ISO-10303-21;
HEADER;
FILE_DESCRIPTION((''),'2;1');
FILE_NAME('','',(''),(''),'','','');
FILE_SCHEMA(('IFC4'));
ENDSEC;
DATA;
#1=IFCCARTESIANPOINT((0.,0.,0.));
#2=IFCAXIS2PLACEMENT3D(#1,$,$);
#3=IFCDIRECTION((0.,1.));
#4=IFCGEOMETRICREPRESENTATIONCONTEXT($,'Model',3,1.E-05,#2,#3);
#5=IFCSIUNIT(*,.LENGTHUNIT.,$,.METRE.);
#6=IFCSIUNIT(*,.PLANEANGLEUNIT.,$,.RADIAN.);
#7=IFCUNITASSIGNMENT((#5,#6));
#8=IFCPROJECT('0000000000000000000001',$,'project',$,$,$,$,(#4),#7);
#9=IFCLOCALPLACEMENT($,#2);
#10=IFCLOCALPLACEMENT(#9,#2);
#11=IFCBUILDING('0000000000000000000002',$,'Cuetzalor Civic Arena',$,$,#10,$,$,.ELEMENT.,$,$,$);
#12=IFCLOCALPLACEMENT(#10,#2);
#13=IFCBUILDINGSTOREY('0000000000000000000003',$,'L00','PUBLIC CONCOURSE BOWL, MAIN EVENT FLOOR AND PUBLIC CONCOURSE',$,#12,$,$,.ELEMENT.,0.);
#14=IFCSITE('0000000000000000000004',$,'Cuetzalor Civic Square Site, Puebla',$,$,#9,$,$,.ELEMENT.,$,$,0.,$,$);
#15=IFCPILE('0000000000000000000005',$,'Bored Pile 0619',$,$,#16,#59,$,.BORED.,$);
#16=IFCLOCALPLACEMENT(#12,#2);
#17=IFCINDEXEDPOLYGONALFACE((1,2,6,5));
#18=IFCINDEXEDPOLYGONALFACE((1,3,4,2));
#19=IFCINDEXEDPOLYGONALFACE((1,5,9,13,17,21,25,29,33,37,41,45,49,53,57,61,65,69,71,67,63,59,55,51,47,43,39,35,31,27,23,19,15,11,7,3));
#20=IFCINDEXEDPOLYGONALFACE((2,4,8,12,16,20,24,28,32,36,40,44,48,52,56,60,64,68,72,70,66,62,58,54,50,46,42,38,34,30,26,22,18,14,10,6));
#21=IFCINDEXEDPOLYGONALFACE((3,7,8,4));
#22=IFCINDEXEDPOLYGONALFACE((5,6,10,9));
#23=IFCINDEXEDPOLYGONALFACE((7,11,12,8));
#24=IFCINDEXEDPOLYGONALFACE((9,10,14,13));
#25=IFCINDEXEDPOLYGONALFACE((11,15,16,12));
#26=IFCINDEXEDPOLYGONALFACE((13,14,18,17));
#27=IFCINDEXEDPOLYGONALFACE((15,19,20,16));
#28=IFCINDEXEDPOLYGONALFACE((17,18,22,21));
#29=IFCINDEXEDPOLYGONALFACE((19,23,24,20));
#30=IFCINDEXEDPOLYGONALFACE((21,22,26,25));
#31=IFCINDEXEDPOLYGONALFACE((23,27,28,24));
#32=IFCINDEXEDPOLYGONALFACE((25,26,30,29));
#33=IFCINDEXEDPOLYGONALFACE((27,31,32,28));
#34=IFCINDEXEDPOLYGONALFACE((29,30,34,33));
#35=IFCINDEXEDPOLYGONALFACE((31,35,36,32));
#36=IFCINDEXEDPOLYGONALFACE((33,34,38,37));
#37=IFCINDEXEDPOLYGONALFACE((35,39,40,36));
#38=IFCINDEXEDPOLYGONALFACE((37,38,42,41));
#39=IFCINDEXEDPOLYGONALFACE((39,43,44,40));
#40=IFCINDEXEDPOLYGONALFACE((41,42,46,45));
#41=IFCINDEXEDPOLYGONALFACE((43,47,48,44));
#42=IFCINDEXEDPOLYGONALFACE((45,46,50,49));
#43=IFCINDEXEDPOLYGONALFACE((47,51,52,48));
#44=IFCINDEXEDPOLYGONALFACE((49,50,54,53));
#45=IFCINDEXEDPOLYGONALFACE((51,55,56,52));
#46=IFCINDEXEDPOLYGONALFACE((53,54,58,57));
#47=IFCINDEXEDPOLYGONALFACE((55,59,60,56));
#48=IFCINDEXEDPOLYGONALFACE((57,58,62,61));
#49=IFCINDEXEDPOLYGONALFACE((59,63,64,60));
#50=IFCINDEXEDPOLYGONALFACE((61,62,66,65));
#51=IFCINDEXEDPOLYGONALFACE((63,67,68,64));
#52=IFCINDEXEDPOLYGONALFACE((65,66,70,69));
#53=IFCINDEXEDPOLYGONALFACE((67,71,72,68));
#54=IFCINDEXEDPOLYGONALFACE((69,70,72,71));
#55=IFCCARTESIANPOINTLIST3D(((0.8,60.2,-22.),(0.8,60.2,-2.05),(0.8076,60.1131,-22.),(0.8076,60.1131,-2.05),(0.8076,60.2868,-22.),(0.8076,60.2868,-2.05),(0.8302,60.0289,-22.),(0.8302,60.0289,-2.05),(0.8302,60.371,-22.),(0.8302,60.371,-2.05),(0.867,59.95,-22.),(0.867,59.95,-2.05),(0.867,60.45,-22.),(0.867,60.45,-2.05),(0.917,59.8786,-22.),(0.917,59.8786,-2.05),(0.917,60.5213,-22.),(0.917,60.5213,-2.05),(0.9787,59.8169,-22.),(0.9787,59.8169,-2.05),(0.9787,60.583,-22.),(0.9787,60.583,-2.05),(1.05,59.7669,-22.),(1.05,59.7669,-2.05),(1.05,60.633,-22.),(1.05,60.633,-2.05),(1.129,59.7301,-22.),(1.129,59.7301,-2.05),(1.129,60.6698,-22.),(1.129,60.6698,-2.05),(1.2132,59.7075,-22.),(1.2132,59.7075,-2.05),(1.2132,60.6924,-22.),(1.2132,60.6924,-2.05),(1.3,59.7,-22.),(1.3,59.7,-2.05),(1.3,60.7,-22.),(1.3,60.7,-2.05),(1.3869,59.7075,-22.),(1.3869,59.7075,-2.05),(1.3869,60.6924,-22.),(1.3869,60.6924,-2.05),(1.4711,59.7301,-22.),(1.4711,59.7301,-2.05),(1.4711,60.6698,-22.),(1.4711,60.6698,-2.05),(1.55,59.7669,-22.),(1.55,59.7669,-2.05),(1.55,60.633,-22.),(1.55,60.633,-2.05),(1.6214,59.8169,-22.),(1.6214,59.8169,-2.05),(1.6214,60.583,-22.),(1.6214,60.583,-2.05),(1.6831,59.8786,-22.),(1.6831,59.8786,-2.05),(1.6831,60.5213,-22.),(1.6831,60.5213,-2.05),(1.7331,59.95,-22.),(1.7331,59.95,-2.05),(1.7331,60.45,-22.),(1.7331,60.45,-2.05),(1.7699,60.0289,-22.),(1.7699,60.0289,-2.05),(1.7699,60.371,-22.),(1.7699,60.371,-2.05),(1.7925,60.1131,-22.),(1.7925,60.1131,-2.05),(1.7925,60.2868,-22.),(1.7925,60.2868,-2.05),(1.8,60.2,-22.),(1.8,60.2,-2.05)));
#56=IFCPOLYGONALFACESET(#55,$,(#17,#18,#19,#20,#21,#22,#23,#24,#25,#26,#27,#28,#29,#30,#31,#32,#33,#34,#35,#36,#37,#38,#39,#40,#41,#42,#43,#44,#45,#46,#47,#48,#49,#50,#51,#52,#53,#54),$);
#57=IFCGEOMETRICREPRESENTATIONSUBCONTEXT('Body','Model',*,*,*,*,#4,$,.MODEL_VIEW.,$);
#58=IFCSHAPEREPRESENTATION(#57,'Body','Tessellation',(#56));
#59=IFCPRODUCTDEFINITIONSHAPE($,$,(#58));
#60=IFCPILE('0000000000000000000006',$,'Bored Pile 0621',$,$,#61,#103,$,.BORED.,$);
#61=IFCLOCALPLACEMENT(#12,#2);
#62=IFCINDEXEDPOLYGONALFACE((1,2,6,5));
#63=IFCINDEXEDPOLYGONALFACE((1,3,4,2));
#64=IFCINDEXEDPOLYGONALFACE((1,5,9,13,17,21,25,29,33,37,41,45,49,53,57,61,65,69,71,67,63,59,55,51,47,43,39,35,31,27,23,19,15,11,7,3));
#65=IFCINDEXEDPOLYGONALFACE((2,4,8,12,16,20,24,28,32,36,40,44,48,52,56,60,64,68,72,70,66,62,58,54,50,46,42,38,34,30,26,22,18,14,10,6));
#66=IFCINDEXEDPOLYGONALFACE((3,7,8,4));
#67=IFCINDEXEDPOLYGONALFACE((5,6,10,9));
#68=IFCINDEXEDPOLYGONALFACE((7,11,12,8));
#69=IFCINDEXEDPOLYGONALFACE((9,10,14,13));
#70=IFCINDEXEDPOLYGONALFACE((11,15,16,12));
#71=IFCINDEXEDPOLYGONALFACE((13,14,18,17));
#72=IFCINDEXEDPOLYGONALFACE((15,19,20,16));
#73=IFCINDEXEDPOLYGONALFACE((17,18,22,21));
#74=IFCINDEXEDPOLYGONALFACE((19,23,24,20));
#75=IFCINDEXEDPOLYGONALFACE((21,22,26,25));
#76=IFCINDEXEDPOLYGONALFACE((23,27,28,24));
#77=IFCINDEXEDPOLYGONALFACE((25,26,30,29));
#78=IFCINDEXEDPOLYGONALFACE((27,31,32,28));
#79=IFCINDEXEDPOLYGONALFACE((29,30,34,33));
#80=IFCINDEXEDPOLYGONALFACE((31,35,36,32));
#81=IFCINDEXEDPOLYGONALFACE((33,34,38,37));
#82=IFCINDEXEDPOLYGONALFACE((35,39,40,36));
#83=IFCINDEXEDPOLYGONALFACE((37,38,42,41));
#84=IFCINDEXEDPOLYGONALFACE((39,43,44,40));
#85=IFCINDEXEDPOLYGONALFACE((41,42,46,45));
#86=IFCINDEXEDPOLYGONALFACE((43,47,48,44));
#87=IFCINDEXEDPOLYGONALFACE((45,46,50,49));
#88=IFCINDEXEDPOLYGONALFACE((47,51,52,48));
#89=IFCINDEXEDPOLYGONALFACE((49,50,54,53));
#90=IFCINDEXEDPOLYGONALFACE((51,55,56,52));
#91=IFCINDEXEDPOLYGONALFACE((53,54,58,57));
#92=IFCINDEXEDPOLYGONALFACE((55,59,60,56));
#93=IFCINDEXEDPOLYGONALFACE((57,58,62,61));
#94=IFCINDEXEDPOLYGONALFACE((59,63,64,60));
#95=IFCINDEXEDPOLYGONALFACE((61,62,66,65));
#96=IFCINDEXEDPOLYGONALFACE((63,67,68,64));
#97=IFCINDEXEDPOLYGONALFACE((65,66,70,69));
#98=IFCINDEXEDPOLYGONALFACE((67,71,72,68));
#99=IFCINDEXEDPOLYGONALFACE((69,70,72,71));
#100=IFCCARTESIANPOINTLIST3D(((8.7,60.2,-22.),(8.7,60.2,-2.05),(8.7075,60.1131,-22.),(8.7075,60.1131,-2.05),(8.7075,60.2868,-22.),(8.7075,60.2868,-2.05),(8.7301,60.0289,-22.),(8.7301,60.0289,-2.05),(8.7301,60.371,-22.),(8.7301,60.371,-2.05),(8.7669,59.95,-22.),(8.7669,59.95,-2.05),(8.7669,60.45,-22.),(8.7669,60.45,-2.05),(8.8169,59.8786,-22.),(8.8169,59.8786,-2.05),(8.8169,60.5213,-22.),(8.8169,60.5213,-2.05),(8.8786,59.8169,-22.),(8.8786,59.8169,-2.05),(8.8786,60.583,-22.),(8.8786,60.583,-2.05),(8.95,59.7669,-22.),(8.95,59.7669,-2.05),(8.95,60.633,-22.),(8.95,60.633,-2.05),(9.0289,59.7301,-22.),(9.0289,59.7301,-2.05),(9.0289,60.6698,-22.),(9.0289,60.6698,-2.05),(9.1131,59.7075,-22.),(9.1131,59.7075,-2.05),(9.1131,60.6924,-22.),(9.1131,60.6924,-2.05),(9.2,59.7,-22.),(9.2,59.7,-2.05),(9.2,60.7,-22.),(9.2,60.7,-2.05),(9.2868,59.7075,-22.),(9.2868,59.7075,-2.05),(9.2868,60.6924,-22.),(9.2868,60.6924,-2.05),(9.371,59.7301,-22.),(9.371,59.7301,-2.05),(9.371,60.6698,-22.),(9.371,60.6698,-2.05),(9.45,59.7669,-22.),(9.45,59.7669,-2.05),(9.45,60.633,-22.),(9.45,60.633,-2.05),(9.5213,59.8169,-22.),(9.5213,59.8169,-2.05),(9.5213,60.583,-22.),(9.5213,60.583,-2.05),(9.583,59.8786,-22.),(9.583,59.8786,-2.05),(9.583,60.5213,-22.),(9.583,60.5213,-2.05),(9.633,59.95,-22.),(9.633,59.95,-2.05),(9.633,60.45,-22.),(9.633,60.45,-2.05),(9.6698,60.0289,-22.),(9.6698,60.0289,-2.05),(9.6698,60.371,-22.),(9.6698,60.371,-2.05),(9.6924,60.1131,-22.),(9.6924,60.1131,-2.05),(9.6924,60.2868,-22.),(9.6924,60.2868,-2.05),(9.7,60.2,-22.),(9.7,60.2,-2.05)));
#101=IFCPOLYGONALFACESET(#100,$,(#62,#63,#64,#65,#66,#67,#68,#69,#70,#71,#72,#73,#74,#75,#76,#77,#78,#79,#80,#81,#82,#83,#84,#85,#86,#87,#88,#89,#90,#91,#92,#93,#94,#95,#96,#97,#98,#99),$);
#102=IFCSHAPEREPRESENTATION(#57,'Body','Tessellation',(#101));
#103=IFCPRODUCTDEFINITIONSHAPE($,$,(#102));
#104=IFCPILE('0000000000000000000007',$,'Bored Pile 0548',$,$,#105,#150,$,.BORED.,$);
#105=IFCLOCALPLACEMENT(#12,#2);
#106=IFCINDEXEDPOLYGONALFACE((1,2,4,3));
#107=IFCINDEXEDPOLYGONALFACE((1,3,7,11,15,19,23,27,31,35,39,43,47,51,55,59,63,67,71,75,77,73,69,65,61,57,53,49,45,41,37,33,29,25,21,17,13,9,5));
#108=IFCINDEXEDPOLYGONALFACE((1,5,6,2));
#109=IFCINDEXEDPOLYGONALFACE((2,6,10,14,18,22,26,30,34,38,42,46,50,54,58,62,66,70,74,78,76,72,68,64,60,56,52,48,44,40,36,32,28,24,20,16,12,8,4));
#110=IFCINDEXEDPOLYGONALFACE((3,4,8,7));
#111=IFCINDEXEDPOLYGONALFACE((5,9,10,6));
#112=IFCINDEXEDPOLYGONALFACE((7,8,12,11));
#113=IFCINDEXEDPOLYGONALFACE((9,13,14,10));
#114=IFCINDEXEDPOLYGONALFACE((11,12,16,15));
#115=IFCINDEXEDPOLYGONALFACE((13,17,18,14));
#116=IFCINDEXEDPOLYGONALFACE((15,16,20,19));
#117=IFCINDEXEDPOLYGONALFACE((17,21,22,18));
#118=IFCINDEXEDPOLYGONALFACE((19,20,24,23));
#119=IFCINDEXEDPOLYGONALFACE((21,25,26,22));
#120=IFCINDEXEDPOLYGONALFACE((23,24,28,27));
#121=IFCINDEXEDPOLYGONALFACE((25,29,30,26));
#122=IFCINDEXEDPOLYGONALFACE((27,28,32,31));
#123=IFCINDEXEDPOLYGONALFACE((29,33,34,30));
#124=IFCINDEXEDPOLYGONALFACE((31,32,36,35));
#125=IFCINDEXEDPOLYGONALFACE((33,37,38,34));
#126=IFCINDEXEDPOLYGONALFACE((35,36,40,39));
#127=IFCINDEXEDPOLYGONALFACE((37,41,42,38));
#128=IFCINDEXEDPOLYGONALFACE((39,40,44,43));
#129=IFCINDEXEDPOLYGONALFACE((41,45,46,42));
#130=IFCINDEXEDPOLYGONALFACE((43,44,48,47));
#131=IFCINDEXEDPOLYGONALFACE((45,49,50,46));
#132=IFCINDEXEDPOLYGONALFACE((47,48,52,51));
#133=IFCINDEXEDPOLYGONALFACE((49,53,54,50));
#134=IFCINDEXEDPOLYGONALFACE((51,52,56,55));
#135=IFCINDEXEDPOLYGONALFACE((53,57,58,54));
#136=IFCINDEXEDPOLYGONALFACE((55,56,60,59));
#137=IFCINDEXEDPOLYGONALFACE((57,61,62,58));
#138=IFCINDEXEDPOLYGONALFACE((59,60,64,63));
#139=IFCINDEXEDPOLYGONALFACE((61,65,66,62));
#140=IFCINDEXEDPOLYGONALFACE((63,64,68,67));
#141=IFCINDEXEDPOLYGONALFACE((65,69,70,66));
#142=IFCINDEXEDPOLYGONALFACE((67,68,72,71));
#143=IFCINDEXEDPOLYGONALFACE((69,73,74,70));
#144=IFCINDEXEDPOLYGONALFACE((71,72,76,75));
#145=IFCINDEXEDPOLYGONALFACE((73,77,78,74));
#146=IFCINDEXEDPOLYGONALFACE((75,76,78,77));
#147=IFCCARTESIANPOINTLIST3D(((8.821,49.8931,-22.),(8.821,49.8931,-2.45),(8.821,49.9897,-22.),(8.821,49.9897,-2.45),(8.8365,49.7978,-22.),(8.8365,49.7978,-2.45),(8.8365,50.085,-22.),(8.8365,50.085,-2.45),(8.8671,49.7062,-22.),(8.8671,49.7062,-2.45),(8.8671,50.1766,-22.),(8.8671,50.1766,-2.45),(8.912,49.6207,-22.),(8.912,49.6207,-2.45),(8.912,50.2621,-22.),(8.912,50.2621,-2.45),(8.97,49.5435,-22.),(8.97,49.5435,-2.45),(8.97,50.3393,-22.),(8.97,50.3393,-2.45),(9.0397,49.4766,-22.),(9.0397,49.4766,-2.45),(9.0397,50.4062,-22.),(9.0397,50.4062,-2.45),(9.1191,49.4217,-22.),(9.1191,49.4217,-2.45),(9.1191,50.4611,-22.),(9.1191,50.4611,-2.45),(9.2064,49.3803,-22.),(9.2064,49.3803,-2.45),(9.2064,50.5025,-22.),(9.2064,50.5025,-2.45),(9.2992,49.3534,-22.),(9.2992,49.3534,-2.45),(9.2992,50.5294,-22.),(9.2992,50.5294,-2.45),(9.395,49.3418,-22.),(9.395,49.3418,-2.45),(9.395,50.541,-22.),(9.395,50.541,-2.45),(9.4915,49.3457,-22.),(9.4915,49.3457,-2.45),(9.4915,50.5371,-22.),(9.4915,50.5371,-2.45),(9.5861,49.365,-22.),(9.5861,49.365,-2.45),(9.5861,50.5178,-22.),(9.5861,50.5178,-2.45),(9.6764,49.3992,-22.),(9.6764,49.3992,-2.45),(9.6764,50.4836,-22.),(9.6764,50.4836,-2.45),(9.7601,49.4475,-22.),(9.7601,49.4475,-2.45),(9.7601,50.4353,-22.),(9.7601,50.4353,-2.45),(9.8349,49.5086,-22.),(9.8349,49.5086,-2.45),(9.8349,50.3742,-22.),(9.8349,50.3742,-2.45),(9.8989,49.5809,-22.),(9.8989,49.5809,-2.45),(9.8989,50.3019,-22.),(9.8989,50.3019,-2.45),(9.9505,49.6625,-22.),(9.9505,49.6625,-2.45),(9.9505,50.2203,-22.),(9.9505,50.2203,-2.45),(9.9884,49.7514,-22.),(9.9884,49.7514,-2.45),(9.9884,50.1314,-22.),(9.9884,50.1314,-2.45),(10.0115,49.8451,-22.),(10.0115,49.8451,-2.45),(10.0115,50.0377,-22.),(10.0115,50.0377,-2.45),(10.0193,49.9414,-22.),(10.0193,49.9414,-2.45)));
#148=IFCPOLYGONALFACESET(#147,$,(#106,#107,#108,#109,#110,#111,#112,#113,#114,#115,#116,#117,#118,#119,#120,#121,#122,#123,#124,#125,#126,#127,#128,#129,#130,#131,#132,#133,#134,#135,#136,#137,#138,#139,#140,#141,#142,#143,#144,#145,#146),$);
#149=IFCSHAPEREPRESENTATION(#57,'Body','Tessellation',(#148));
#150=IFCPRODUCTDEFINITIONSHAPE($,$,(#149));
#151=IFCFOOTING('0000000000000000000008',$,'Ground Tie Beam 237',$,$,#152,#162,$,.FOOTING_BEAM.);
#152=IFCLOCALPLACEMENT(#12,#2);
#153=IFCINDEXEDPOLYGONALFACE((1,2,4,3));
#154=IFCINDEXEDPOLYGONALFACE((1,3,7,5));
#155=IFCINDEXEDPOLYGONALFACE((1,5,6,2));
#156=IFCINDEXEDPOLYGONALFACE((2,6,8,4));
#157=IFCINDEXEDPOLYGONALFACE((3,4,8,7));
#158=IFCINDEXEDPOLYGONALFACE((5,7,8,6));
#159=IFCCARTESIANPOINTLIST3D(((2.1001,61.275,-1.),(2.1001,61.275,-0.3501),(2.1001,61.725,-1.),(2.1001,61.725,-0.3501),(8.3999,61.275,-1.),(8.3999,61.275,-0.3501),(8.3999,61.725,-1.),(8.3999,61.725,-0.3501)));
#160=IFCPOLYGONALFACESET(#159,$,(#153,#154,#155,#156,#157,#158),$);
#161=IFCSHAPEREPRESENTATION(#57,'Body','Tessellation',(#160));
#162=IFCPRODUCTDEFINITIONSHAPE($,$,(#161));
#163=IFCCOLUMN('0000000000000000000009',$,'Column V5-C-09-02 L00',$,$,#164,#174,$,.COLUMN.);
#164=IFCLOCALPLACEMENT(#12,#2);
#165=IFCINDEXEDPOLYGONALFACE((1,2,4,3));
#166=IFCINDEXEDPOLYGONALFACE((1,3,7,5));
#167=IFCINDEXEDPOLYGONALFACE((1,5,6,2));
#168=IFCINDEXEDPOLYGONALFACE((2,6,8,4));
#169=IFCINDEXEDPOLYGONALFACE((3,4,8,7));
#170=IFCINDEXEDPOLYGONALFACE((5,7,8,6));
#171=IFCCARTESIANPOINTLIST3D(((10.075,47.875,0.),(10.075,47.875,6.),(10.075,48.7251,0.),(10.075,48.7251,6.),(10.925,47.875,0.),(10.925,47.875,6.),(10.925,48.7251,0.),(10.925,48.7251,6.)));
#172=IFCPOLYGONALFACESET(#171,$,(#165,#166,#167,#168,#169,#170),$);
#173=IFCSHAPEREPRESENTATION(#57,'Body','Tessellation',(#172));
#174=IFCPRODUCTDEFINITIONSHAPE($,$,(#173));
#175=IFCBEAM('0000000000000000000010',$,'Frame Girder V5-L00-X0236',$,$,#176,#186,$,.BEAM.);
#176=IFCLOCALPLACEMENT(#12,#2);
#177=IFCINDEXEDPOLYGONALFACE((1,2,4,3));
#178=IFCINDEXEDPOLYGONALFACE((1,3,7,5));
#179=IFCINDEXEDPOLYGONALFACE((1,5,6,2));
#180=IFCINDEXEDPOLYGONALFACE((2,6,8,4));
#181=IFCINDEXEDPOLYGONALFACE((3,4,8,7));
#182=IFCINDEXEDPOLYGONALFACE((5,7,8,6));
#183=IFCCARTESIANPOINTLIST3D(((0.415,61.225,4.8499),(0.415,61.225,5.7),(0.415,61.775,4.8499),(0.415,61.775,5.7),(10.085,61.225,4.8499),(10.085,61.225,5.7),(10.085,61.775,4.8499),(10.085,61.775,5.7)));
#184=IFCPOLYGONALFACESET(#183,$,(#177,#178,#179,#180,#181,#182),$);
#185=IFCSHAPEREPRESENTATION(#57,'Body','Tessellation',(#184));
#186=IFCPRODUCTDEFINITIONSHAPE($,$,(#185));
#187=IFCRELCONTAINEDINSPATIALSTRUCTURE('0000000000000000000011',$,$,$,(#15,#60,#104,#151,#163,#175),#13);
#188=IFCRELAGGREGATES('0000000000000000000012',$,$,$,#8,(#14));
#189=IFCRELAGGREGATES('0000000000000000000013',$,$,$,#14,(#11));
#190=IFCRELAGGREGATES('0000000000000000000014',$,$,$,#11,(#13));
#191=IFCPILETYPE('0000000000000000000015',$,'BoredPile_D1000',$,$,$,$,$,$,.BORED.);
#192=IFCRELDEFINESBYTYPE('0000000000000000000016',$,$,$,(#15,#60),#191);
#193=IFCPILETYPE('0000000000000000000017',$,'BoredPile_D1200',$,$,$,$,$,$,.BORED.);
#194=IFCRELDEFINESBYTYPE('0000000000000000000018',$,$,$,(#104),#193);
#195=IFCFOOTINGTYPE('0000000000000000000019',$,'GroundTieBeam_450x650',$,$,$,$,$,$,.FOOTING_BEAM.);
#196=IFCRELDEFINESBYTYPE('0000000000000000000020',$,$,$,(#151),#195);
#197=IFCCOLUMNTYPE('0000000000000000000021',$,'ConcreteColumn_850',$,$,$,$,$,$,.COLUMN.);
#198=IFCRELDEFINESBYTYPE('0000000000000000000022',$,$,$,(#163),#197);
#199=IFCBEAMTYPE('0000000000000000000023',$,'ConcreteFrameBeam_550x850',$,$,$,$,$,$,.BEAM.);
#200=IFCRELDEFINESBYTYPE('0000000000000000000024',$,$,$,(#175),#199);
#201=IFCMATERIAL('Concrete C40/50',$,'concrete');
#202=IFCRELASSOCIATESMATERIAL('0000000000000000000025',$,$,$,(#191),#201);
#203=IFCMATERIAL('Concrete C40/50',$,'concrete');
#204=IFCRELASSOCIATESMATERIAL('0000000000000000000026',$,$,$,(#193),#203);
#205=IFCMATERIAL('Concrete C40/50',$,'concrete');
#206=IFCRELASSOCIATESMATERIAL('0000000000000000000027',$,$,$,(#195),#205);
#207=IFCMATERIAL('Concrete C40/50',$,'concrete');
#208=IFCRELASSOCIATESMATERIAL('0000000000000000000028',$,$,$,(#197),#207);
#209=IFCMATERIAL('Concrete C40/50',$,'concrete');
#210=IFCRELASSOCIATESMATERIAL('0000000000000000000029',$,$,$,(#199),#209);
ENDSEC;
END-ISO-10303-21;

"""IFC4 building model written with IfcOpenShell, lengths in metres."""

from ifc_helpers import new_model, si_unit, direction, frame, origin, origin_2d, place, context, subcontext, project, spatial, rectangle, circle, extrude, material, material_profile, profile_set, type_object, element, save


model = new_model("IFC4")

# Units and contexts
model_context = context("Model", 3, precision=1e-05, world=origin(), true_north=direction((0.0, 1.0)))
body_context = subcontext(model_context, "Body", "Model", "MODEL_VIEW")
ifc_project = project(units=[si_unit("LENGTHUNIT", "METRE"), si_unit("PLANEANGLEUNIT", "RADIAN")], contexts=[model_context])

# Site, building, storey
site_placement = place(None, origin())
site = spatial("IfcSite", under=ifc_project, at=site_placement, Name="Cuetzalor Civic Square Site, Puebla", CompositionType="ELEMENT", RefElevation=0.0)
building_placement = place(site_placement, origin())
building = spatial("IfcBuilding", under=site, at=building_placement, Name="Cuetzalor Civic Arena", CompositionType="ELEMENT")
storey_placement = place(building_placement, origin())
storey = spatial("IfcBuildingStorey", under=building, at=storey_placement, Name="L00", Description="PUBLIC CONCOURSE BOWL, MAIN EVENT FLOOR AND PUBLIC CONCOURSE", CompositionType="ELEMENT", Elevation=0.0)

# Piles
ifc_material_1 = material(Name="Concrete C40/50", Category="concrete")
ifc_material_profile_1 = material_profile(ifc_material_1, circle(Radius=0.5, at=origin_2d()), Name="BORED PILE D1000")
ifc_profile_set_1 = profile_set([ifc_material_profile_1], Name="Concrete C40/50")
pile_type_1 = type_object("IfcPileType", Name="BoredPile_D1000", PredefinedType="BORED", material=ifc_profile_set_1)
for number, where, z_axis, x_axis, name in (
    (1, (1.3, 60.2, -2.05), (0.0, 0.0, -1.0), (1.0, 0.0, 0.0), "Bored Pile 0619"),
    (2, (9.2, 60.2, -2.05), (0.0, 0.0, -1.0), (1.0, 0.0, 0.0), "Bored Pile 0621"),
):
    element("IfcPile", number, at=place(storey_placement, frame(where, z_axis=z_axis, x_axis=x_axis)), inside=storey, type_object=pile_type_1, Name=name, PredefinedType="BORED", context=body_context, shape_type="SweptSolid", body=[
        extrude(circle(Radius=0.5, at=origin_2d()), origin(), (0.0, 0.0, 1.0), 19.95),
    ])
ifc_material_2 = material(Name="Concrete C40/50", Category="concrete")
ifc_material_profile_2 = material_profile(ifc_material_2, circle(Radius=0.6001, at=origin_2d()), Name="BORED PILE D1200")
ifc_profile_set_2 = profile_set([ifc_material_profile_2], Name="Concrete C40/50")
pile_type_2 = type_object("IfcPileType", Name="BoredPile_D1200", PredefinedType="BORED", material=ifc_profile_set_2)
pile_placement = place(storey_placement, frame((9.4192, 49.9414, -2.45), z_axis=(0.0, 0.0, -1.0), x_axis=(1.0, 0.0, 0.0)))
element("IfcPile", 3, at=pile_placement, inside=storey, type_object=pile_type_2, Name="Bored Pile 0548", PredefinedType="BORED", context=body_context, shape_type="SweptSolid", body=[
    extrude(circle(Radius=0.6001, at=origin_2d()), origin(), (0.0, 0.0, 1.0), 19.55),
])

# Footing
ifc_material_3 = material(Name="Concrete C40/50", Category="concrete")
ifc_material_profile_3 = material_profile(ifc_material_3, rectangle(XDim=0.45, YDim=0.6499, at=origin_2d()), Name="RC 450x650")
ifc_profile_set_3 = profile_set([ifc_material_profile_3], Name="Concrete C40/50")
footing_type = type_object("IfcFootingType", Name="GroundTieBeam_450x650", PredefinedType="FOOTING_BEAM", material=ifc_profile_set_3)
footing_placement = place(storey_placement, frame((2.1001, 61.5, -0.675), z_axis=(1.0, 0.0, 0.0), x_axis=(0.0, 1.0, 0.0)))
element("IfcFooting", 4, at=footing_placement, inside=storey, type_object=footing_type, Name="Ground Tie Beam 237", PredefinedType="FOOTING_BEAM", context=body_context, shape_type="SweptSolid", body=[
    extrude(rectangle(XDim=0.45, YDim=0.6499, at=origin_2d()), origin(), (0.0, 0.0, 1.0), 6.2998),
])

# Column
ifc_material_4 = material(Name="Concrete C40/50", Category="concrete")
ifc_material_profile_4 = material_profile(ifc_material_4, rectangle(XDim=0.8501, YDim=0.8501, at=origin_2d()), Name="RC 850x850")
ifc_profile_set_4 = profile_set([ifc_material_profile_4], Name="Concrete C40/50")
column_type = type_object("IfcColumnType", Name="ConcreteColumn_850", PredefinedType="COLUMN", material=ifc_profile_set_4)
column_placement = place(storey_placement, frame((10.5, 48.3, 0.0), z_axis=(0.0, 0.0, 1.0), x_axis=(1.0, 0.0, 0.0)))
element("IfcColumn", 5, at=column_placement, inside=storey, type_object=column_type, Name="Column V5-C-09-02 L00", PredefinedType="COLUMN", context=body_context, shape_type="SweptSolid", body=[
    extrude(rectangle(XDim=0.8501, YDim=0.8501, at=origin_2d()), origin(), (0.0, 0.0, 1.0), 6.0),
])

# Beam
ifc_material_5 = material(Name="Concrete C40/50", Category="concrete")
ifc_material_profile_5 = material_profile(ifc_material_5, rectangle(XDim=0.55, YDim=0.8501, at=origin_2d()), Name="RC 550x850")
ifc_profile_set_5 = profile_set([ifc_material_profile_5], Name="Concrete C40/50")
beam_type_1 = type_object("IfcBeamType", Name="ConcreteFrameBeam_550x850", PredefinedType="BEAM", material=ifc_profile_set_5)
beam_1_placement = place(storey_placement, frame((0.415, 61.5, 5.2749), z_axis=(1.0, 0.0, 0.0), x_axis=(0.0, 1.0, 0.0)))
element("IfcBeam", 6, at=beam_1_placement, inside=storey, type_object=beam_type_1, Name="Frame Girder V5-L00-X0236", PredefinedType="BEAM", context=body_context, shape_type="SweptSolid", body=[
    extrude(rectangle(XDim=0.55, YDim=0.8501, at=origin_2d()), origin(), (0.0, 0.0, 1.0), 9.6699),
])

save(model, "model.ifc")
